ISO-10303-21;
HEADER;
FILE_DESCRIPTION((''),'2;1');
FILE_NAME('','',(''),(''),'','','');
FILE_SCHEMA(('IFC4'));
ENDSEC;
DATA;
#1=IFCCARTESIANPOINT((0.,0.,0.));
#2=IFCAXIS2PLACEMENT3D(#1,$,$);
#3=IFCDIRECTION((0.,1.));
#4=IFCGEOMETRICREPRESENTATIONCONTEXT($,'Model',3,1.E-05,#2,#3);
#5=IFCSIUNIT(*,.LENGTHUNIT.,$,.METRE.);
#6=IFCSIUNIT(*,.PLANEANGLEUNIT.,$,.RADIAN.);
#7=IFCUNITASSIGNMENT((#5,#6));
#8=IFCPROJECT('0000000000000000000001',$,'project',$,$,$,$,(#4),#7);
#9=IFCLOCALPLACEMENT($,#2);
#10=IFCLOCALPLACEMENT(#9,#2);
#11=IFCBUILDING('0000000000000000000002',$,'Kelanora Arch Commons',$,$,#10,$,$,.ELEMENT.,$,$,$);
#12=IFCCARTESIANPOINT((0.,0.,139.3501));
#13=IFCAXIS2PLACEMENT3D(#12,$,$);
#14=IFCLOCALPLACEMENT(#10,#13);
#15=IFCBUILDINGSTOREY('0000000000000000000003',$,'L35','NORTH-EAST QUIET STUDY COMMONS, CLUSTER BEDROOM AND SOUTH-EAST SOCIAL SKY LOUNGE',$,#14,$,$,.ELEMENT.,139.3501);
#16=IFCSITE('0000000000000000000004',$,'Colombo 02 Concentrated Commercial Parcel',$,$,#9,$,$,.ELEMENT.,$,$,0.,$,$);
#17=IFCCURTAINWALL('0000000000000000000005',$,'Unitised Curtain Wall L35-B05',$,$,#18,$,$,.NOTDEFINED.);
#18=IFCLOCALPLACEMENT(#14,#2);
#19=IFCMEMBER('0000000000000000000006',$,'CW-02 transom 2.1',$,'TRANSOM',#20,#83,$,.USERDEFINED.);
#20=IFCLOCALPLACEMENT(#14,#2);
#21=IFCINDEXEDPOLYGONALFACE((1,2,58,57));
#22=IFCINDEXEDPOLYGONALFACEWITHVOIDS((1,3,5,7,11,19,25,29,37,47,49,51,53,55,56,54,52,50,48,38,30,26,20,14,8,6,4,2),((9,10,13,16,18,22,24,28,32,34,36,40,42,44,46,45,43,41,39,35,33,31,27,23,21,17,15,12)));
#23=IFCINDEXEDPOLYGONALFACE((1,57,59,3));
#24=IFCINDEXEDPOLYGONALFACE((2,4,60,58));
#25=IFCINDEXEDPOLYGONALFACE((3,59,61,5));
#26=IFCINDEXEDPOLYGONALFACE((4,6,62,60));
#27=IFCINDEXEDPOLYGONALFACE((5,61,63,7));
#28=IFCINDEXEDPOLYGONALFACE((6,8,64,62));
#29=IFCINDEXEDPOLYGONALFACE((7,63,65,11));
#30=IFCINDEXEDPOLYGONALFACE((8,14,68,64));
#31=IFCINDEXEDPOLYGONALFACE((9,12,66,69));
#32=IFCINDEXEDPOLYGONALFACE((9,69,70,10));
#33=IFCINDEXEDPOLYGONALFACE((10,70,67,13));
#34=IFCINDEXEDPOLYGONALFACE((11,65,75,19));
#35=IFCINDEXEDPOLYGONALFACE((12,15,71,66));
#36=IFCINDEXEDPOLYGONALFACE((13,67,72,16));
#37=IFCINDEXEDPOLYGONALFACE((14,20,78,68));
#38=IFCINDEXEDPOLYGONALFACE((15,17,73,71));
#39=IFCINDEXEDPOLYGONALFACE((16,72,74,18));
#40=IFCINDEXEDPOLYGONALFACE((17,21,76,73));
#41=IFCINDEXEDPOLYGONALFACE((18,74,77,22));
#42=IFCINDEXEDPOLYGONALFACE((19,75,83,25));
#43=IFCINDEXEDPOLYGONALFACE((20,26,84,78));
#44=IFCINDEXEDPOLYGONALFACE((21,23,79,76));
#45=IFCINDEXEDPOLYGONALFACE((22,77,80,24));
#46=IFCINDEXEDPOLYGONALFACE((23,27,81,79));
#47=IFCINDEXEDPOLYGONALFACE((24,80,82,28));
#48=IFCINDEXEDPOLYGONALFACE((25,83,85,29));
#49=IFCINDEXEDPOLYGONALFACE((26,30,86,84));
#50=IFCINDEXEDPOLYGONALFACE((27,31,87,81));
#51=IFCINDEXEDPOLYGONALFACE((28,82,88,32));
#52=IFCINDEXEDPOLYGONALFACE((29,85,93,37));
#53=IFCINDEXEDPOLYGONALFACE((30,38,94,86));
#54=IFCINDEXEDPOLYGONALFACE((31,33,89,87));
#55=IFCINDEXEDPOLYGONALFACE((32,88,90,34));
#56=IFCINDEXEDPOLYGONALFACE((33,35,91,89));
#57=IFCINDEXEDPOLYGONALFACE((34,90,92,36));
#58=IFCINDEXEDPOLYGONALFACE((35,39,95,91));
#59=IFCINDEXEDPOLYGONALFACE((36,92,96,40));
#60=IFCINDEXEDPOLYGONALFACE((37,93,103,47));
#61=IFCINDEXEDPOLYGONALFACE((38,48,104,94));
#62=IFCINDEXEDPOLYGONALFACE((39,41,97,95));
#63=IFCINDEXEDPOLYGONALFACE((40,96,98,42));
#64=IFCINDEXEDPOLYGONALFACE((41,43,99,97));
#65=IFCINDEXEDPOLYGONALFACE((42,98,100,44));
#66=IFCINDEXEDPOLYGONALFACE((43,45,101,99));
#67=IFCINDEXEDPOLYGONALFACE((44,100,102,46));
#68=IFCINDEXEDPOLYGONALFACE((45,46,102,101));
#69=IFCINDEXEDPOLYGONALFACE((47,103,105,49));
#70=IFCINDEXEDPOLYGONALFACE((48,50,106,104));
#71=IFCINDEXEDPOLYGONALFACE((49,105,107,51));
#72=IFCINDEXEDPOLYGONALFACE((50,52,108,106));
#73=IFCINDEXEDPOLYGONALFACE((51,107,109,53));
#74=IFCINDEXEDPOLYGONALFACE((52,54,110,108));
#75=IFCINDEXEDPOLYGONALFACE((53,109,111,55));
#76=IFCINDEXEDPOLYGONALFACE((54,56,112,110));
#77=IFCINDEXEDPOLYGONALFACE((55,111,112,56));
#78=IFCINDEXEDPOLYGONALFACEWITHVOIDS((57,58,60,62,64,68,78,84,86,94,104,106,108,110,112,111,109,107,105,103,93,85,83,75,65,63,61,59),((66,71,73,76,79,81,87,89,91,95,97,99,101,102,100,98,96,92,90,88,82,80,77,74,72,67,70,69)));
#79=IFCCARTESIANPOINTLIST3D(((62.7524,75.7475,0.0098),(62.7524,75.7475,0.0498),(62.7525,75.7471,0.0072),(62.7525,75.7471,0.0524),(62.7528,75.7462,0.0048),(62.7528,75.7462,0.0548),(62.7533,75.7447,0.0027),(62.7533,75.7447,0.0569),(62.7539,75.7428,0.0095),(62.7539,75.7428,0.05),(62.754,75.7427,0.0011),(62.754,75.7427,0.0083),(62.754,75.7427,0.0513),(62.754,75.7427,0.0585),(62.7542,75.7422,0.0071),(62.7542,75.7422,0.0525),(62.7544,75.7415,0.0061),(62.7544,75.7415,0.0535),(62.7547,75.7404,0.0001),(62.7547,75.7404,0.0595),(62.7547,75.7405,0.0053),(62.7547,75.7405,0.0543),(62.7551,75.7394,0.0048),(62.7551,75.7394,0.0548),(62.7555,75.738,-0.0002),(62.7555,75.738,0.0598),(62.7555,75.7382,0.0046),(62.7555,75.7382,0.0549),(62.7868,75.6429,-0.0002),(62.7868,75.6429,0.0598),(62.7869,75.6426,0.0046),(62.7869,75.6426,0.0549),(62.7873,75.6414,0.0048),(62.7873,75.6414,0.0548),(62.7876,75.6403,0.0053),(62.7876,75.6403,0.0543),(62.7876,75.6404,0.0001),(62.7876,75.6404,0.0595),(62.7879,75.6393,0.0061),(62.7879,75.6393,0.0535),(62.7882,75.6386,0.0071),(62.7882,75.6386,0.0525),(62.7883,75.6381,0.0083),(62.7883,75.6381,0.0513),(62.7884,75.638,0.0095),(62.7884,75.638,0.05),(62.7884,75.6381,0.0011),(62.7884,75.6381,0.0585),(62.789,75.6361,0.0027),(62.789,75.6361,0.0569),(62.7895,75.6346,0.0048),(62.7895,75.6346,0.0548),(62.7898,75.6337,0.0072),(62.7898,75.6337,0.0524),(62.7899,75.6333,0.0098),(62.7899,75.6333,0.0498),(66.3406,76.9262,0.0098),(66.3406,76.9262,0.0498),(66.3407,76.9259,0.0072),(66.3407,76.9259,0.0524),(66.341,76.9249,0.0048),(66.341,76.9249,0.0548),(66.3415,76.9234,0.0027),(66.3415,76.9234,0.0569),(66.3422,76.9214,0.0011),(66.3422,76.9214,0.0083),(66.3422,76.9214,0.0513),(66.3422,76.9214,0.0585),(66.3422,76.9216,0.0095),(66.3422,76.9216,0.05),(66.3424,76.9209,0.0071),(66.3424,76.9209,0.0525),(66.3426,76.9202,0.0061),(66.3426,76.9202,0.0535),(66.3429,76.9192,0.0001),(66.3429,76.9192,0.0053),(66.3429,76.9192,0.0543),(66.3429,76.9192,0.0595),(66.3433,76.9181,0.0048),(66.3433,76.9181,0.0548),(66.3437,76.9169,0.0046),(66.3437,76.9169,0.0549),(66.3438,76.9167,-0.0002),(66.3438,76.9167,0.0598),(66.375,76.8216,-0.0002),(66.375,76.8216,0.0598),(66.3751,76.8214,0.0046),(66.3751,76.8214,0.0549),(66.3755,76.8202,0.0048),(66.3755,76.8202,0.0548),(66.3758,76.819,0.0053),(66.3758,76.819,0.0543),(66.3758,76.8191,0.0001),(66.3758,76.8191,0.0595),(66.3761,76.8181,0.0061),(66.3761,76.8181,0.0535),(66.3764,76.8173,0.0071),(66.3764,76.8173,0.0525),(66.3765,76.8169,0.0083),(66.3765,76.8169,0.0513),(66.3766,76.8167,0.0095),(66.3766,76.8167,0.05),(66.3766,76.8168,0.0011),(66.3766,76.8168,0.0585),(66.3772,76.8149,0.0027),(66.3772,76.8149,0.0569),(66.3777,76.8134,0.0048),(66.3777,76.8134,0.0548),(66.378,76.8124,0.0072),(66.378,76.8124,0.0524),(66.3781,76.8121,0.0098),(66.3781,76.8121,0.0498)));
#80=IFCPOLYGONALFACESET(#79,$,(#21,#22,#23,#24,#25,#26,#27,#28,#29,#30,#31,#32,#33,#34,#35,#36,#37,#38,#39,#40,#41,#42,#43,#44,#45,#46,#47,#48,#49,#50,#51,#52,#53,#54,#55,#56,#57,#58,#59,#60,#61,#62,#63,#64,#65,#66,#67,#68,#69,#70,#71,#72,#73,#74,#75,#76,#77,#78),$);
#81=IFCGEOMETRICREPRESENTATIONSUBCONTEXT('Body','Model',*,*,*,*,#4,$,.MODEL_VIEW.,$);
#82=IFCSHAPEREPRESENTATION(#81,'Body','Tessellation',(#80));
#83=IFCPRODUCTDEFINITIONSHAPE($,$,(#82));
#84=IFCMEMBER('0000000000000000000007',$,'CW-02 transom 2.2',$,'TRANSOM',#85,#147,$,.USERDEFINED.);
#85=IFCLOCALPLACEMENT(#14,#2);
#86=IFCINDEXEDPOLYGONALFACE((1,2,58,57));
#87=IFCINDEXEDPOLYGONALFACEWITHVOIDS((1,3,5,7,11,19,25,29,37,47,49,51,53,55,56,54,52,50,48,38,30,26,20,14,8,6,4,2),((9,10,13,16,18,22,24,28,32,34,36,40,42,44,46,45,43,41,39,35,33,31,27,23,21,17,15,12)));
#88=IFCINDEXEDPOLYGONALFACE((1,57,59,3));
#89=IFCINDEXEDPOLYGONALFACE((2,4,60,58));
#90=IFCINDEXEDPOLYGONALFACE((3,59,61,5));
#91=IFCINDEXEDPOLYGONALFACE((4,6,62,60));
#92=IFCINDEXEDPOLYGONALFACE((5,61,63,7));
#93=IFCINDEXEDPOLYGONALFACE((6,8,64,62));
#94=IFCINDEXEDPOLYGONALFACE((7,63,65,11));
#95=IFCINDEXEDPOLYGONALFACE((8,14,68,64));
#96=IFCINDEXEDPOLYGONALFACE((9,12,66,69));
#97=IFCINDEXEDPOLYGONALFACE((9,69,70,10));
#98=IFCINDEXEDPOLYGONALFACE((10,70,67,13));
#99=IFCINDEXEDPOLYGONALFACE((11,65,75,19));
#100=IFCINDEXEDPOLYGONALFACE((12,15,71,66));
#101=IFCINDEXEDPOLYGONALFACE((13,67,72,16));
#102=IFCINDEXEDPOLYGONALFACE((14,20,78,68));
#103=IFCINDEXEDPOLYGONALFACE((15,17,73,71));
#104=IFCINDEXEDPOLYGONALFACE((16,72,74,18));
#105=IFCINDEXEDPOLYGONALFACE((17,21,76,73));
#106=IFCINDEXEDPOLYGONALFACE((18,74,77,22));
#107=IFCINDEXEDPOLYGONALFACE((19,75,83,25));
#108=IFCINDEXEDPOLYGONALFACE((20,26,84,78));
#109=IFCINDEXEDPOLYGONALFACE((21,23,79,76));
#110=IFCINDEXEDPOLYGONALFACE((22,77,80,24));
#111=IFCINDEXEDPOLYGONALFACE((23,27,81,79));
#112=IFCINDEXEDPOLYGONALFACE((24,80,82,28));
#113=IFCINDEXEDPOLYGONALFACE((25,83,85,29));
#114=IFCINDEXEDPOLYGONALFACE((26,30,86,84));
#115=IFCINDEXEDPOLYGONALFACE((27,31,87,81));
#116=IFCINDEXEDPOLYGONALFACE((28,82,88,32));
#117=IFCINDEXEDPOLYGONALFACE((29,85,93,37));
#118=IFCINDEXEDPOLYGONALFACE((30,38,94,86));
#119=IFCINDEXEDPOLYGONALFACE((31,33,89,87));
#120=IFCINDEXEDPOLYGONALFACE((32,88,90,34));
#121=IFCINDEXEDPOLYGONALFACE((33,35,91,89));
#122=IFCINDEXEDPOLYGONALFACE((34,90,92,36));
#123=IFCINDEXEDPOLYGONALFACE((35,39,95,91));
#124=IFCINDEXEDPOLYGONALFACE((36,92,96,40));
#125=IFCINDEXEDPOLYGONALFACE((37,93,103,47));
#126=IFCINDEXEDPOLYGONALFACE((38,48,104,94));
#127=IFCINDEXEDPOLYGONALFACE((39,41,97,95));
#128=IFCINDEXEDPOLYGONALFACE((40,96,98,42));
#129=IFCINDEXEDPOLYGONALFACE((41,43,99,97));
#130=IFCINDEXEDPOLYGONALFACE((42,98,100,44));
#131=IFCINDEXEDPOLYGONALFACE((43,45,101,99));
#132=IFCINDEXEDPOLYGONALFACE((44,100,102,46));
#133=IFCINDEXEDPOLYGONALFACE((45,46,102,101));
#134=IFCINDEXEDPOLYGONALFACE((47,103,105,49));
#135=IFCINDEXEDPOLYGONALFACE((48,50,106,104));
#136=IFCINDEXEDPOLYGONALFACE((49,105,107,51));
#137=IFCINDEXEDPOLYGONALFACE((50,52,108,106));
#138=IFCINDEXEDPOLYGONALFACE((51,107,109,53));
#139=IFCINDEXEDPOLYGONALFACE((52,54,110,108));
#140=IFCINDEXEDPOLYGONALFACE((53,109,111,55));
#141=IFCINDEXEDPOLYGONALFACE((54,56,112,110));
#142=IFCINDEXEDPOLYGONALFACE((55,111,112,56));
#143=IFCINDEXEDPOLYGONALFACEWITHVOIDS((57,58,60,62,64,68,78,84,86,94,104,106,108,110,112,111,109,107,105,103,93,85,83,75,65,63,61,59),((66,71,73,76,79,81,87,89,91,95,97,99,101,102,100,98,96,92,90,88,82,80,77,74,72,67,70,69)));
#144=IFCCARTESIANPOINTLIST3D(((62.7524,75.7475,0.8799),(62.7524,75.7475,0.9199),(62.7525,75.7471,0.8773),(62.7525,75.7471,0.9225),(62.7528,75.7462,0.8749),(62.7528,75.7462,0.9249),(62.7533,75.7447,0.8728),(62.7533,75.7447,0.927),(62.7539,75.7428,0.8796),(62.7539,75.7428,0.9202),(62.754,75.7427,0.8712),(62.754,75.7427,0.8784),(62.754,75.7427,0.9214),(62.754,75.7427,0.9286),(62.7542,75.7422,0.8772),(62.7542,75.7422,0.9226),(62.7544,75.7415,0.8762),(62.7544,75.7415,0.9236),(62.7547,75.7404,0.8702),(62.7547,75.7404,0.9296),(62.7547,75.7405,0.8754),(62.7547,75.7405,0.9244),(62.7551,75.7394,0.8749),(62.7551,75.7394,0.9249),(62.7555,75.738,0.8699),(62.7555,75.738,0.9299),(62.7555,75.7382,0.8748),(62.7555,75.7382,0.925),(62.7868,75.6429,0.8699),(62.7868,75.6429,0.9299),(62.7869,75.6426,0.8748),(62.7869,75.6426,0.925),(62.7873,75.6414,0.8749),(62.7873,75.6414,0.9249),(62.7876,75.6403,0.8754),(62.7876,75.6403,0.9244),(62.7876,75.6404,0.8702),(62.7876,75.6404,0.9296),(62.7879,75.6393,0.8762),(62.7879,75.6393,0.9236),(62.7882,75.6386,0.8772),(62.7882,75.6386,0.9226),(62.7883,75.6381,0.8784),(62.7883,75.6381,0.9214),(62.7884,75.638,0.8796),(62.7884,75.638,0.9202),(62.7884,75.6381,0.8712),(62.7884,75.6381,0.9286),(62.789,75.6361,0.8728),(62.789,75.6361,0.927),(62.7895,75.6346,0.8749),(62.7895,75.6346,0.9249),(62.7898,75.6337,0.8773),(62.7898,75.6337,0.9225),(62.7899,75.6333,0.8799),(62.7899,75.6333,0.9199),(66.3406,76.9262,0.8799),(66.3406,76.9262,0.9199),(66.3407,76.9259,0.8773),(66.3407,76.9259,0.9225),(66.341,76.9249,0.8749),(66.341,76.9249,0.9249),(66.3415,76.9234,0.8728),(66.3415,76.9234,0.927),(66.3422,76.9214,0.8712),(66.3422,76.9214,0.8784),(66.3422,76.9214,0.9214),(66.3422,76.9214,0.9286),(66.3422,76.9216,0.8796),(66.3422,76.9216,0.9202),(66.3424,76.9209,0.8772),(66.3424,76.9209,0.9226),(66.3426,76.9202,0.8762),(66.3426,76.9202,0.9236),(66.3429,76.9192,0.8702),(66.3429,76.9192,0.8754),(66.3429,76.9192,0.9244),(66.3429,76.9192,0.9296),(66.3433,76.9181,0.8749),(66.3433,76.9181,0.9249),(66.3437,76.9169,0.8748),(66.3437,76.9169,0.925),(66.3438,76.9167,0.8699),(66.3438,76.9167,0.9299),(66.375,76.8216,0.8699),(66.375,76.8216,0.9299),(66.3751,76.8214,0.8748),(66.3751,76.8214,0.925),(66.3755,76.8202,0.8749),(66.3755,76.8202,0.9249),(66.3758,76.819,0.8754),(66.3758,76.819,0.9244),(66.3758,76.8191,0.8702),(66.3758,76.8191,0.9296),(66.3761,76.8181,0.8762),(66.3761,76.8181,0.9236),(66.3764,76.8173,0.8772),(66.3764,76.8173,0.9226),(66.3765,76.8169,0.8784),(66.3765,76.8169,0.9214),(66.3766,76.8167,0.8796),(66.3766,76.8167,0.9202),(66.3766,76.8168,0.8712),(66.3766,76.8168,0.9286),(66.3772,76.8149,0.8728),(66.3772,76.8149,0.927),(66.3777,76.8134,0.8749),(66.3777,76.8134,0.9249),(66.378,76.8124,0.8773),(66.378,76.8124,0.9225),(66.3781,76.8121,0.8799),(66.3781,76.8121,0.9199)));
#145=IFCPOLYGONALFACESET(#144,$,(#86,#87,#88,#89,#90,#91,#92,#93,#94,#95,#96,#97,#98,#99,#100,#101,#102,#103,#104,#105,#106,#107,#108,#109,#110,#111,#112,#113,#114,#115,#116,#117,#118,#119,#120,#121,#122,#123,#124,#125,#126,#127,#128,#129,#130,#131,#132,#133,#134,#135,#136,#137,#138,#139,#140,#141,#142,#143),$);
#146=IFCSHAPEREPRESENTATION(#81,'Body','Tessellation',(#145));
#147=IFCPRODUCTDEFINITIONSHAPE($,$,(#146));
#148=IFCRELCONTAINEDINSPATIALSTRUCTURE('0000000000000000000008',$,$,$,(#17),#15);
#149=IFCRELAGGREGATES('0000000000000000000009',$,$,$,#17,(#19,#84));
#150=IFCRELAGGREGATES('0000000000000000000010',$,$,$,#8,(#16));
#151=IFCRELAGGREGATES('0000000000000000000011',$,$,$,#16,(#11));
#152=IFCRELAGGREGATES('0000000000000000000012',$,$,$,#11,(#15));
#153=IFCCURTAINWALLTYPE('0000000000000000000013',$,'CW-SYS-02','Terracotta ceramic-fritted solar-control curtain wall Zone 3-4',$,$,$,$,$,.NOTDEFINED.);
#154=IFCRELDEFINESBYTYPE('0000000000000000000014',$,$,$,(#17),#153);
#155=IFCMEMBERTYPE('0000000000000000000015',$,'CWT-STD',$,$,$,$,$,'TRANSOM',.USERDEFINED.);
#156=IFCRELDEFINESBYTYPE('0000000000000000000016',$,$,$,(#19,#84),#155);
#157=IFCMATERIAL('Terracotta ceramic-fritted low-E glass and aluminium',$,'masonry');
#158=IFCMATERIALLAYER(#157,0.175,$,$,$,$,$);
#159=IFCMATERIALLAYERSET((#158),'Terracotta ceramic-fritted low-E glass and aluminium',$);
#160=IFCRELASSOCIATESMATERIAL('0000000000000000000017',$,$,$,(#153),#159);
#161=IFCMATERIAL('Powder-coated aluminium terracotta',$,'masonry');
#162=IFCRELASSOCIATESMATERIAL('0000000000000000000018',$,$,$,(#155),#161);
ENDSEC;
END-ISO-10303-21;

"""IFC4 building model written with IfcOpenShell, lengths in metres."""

from ifc_helpers import new_model, si_unit, direction, frame, origin, origin_2d, place, context, subcontext, project, spatial, hollow_rectangle, extrude, material, layer, layer_set, material_profile, profile_set, type_object, element, aggregate, save


model = new_model("IFC4")

# Units and contexts
model_context = context("Model", 3, precision=1e-05, world=origin(), true_north=direction((0.0, 1.0)))
body_context = subcontext(model_context, "Body", "Model", "MODEL_VIEW")
ifc_project = project(units=[si_unit("LENGTHUNIT", "METRE"), si_unit("PLANEANGLEUNIT", "RADIAN")], contexts=[model_context])

# Site, building, storey
site_placement = place(None, origin())
site = spatial("IfcSite", under=ifc_project, at=site_placement, Name="Colombo 02 Concentrated Commercial Parcel", CompositionType="ELEMENT", RefElevation=0.0)
building_placement = place(site_placement, origin())
building = spatial("IfcBuilding", under=site, at=building_placement, Name="Kelanora Arch Commons", CompositionType="ELEMENT")
storey_placement = place(building_placement, frame((0.0, 0.0, 139.3501)))
storey = spatial("IfcBuildingStorey", under=building, at=storey_placement, Name="L35", Description="NORTH-EAST QUIET STUDY COMMONS, CLUSTER BEDROOM AND SOUTH-EAST SOCIAL SKY LOUNGE", CompositionType="ELEMENT", Elevation=139.3501)

# Curtain wall, members
ifc_material_1 = material(Name="Terracotta ceramic-fritted low-E glass and aluminium", Category="masonry")
ifc_layer_1 = layer(ifc_material_1, 0.175)
ifc_layer_set_1 = layer_set([ifc_layer_1], Name="Terracotta ceramic-fritted low-E glass and aluminium")
curtain_wall_type = type_object("IfcCurtainWallType", Name="CW-SYS-02", Description="Terracotta ceramic-fritted solar-control curtain wall Zone 3-4", PredefinedType="NOTDEFINED", material=ifc_layer_set_1)
curtain_wall_placement = place(storey_placement, origin())
curtain_wall = element("IfcCurtainWall", 1, at=curtain_wall_placement, inside=storey, type_object=curtain_wall_type, Name="Unitised Curtain Wall L35-B05", PredefinedType="NOTDEFINED")
ifc_material_2 = material(Name="Powder-coated aluminium terracotta", Category="masonry")
ifc_material_profile_1 = material_profile(ifc_material_2, hollow_rectangle(XDim=0.1201, YDim=0.0601, WallThickness=0.0049, InnerFilletRadius=0.0049, OuterFilletRadius=0.01, at=origin_2d()), Name="CWT120x60")
ifc_profile_set_1 = profile_set([ifc_material_profile_1], Name="Powder-coated aluminium terracotta")
member_type_1 = type_object("IfcMemberType", Name="CWT-STD", ElementType="TRANSOM", PredefinedType="USERDEFINED", material=ifc_profile_set_1)
member_1_placement = place(storey_placement, frame((66.3594, 76.8691, 0.0298), z_axis=(-0.950051, -0.312094, 0.0), x_axis=(0.312094, -0.950051, 0.0)))
member_1 = element("IfcMember", 2, at=member_1_placement, type_object=member_type_1, Name="CW-02 transom 2.1", ObjectType="TRANSOM", PredefinedType="USERDEFINED", context=body_context, shape_type="SweptSolid", body=[
    extrude(hollow_rectangle(XDim=0.1201, YDim=0.0601, WallThickness=0.0049, InnerFilletRadius=0.0049, OuterFilletRadius=0.01, at=origin_2d()), origin(), (0.0, 0.0, 1.0), 3.7769),
])
member_2_placement = place(storey_placement, frame((66.3594, 76.8691, 0.8999), z_axis=(-0.950051, -0.312094, 0.0), x_axis=(0.312094, -0.950051, 0.0)))
member_2 = element("IfcMember", 3, at=member_2_placement, type_object=member_type_1, Name="CW-02 transom 2.2", ObjectType="TRANSOM", PredefinedType="USERDEFINED", context=body_context, shape_type="SweptSolid", body=[
    extrude(hollow_rectangle(XDim=0.1201, YDim=0.0601, WallThickness=0.0049, InnerFilletRadius=0.0049, OuterFilletRadius=0.01, at=origin_2d()), origin(), (0.0, 0.0, 1.0), 3.7769),
])
aggregate(curtain_wall, [member_1, member_2])

save(model, "model.ifc")
